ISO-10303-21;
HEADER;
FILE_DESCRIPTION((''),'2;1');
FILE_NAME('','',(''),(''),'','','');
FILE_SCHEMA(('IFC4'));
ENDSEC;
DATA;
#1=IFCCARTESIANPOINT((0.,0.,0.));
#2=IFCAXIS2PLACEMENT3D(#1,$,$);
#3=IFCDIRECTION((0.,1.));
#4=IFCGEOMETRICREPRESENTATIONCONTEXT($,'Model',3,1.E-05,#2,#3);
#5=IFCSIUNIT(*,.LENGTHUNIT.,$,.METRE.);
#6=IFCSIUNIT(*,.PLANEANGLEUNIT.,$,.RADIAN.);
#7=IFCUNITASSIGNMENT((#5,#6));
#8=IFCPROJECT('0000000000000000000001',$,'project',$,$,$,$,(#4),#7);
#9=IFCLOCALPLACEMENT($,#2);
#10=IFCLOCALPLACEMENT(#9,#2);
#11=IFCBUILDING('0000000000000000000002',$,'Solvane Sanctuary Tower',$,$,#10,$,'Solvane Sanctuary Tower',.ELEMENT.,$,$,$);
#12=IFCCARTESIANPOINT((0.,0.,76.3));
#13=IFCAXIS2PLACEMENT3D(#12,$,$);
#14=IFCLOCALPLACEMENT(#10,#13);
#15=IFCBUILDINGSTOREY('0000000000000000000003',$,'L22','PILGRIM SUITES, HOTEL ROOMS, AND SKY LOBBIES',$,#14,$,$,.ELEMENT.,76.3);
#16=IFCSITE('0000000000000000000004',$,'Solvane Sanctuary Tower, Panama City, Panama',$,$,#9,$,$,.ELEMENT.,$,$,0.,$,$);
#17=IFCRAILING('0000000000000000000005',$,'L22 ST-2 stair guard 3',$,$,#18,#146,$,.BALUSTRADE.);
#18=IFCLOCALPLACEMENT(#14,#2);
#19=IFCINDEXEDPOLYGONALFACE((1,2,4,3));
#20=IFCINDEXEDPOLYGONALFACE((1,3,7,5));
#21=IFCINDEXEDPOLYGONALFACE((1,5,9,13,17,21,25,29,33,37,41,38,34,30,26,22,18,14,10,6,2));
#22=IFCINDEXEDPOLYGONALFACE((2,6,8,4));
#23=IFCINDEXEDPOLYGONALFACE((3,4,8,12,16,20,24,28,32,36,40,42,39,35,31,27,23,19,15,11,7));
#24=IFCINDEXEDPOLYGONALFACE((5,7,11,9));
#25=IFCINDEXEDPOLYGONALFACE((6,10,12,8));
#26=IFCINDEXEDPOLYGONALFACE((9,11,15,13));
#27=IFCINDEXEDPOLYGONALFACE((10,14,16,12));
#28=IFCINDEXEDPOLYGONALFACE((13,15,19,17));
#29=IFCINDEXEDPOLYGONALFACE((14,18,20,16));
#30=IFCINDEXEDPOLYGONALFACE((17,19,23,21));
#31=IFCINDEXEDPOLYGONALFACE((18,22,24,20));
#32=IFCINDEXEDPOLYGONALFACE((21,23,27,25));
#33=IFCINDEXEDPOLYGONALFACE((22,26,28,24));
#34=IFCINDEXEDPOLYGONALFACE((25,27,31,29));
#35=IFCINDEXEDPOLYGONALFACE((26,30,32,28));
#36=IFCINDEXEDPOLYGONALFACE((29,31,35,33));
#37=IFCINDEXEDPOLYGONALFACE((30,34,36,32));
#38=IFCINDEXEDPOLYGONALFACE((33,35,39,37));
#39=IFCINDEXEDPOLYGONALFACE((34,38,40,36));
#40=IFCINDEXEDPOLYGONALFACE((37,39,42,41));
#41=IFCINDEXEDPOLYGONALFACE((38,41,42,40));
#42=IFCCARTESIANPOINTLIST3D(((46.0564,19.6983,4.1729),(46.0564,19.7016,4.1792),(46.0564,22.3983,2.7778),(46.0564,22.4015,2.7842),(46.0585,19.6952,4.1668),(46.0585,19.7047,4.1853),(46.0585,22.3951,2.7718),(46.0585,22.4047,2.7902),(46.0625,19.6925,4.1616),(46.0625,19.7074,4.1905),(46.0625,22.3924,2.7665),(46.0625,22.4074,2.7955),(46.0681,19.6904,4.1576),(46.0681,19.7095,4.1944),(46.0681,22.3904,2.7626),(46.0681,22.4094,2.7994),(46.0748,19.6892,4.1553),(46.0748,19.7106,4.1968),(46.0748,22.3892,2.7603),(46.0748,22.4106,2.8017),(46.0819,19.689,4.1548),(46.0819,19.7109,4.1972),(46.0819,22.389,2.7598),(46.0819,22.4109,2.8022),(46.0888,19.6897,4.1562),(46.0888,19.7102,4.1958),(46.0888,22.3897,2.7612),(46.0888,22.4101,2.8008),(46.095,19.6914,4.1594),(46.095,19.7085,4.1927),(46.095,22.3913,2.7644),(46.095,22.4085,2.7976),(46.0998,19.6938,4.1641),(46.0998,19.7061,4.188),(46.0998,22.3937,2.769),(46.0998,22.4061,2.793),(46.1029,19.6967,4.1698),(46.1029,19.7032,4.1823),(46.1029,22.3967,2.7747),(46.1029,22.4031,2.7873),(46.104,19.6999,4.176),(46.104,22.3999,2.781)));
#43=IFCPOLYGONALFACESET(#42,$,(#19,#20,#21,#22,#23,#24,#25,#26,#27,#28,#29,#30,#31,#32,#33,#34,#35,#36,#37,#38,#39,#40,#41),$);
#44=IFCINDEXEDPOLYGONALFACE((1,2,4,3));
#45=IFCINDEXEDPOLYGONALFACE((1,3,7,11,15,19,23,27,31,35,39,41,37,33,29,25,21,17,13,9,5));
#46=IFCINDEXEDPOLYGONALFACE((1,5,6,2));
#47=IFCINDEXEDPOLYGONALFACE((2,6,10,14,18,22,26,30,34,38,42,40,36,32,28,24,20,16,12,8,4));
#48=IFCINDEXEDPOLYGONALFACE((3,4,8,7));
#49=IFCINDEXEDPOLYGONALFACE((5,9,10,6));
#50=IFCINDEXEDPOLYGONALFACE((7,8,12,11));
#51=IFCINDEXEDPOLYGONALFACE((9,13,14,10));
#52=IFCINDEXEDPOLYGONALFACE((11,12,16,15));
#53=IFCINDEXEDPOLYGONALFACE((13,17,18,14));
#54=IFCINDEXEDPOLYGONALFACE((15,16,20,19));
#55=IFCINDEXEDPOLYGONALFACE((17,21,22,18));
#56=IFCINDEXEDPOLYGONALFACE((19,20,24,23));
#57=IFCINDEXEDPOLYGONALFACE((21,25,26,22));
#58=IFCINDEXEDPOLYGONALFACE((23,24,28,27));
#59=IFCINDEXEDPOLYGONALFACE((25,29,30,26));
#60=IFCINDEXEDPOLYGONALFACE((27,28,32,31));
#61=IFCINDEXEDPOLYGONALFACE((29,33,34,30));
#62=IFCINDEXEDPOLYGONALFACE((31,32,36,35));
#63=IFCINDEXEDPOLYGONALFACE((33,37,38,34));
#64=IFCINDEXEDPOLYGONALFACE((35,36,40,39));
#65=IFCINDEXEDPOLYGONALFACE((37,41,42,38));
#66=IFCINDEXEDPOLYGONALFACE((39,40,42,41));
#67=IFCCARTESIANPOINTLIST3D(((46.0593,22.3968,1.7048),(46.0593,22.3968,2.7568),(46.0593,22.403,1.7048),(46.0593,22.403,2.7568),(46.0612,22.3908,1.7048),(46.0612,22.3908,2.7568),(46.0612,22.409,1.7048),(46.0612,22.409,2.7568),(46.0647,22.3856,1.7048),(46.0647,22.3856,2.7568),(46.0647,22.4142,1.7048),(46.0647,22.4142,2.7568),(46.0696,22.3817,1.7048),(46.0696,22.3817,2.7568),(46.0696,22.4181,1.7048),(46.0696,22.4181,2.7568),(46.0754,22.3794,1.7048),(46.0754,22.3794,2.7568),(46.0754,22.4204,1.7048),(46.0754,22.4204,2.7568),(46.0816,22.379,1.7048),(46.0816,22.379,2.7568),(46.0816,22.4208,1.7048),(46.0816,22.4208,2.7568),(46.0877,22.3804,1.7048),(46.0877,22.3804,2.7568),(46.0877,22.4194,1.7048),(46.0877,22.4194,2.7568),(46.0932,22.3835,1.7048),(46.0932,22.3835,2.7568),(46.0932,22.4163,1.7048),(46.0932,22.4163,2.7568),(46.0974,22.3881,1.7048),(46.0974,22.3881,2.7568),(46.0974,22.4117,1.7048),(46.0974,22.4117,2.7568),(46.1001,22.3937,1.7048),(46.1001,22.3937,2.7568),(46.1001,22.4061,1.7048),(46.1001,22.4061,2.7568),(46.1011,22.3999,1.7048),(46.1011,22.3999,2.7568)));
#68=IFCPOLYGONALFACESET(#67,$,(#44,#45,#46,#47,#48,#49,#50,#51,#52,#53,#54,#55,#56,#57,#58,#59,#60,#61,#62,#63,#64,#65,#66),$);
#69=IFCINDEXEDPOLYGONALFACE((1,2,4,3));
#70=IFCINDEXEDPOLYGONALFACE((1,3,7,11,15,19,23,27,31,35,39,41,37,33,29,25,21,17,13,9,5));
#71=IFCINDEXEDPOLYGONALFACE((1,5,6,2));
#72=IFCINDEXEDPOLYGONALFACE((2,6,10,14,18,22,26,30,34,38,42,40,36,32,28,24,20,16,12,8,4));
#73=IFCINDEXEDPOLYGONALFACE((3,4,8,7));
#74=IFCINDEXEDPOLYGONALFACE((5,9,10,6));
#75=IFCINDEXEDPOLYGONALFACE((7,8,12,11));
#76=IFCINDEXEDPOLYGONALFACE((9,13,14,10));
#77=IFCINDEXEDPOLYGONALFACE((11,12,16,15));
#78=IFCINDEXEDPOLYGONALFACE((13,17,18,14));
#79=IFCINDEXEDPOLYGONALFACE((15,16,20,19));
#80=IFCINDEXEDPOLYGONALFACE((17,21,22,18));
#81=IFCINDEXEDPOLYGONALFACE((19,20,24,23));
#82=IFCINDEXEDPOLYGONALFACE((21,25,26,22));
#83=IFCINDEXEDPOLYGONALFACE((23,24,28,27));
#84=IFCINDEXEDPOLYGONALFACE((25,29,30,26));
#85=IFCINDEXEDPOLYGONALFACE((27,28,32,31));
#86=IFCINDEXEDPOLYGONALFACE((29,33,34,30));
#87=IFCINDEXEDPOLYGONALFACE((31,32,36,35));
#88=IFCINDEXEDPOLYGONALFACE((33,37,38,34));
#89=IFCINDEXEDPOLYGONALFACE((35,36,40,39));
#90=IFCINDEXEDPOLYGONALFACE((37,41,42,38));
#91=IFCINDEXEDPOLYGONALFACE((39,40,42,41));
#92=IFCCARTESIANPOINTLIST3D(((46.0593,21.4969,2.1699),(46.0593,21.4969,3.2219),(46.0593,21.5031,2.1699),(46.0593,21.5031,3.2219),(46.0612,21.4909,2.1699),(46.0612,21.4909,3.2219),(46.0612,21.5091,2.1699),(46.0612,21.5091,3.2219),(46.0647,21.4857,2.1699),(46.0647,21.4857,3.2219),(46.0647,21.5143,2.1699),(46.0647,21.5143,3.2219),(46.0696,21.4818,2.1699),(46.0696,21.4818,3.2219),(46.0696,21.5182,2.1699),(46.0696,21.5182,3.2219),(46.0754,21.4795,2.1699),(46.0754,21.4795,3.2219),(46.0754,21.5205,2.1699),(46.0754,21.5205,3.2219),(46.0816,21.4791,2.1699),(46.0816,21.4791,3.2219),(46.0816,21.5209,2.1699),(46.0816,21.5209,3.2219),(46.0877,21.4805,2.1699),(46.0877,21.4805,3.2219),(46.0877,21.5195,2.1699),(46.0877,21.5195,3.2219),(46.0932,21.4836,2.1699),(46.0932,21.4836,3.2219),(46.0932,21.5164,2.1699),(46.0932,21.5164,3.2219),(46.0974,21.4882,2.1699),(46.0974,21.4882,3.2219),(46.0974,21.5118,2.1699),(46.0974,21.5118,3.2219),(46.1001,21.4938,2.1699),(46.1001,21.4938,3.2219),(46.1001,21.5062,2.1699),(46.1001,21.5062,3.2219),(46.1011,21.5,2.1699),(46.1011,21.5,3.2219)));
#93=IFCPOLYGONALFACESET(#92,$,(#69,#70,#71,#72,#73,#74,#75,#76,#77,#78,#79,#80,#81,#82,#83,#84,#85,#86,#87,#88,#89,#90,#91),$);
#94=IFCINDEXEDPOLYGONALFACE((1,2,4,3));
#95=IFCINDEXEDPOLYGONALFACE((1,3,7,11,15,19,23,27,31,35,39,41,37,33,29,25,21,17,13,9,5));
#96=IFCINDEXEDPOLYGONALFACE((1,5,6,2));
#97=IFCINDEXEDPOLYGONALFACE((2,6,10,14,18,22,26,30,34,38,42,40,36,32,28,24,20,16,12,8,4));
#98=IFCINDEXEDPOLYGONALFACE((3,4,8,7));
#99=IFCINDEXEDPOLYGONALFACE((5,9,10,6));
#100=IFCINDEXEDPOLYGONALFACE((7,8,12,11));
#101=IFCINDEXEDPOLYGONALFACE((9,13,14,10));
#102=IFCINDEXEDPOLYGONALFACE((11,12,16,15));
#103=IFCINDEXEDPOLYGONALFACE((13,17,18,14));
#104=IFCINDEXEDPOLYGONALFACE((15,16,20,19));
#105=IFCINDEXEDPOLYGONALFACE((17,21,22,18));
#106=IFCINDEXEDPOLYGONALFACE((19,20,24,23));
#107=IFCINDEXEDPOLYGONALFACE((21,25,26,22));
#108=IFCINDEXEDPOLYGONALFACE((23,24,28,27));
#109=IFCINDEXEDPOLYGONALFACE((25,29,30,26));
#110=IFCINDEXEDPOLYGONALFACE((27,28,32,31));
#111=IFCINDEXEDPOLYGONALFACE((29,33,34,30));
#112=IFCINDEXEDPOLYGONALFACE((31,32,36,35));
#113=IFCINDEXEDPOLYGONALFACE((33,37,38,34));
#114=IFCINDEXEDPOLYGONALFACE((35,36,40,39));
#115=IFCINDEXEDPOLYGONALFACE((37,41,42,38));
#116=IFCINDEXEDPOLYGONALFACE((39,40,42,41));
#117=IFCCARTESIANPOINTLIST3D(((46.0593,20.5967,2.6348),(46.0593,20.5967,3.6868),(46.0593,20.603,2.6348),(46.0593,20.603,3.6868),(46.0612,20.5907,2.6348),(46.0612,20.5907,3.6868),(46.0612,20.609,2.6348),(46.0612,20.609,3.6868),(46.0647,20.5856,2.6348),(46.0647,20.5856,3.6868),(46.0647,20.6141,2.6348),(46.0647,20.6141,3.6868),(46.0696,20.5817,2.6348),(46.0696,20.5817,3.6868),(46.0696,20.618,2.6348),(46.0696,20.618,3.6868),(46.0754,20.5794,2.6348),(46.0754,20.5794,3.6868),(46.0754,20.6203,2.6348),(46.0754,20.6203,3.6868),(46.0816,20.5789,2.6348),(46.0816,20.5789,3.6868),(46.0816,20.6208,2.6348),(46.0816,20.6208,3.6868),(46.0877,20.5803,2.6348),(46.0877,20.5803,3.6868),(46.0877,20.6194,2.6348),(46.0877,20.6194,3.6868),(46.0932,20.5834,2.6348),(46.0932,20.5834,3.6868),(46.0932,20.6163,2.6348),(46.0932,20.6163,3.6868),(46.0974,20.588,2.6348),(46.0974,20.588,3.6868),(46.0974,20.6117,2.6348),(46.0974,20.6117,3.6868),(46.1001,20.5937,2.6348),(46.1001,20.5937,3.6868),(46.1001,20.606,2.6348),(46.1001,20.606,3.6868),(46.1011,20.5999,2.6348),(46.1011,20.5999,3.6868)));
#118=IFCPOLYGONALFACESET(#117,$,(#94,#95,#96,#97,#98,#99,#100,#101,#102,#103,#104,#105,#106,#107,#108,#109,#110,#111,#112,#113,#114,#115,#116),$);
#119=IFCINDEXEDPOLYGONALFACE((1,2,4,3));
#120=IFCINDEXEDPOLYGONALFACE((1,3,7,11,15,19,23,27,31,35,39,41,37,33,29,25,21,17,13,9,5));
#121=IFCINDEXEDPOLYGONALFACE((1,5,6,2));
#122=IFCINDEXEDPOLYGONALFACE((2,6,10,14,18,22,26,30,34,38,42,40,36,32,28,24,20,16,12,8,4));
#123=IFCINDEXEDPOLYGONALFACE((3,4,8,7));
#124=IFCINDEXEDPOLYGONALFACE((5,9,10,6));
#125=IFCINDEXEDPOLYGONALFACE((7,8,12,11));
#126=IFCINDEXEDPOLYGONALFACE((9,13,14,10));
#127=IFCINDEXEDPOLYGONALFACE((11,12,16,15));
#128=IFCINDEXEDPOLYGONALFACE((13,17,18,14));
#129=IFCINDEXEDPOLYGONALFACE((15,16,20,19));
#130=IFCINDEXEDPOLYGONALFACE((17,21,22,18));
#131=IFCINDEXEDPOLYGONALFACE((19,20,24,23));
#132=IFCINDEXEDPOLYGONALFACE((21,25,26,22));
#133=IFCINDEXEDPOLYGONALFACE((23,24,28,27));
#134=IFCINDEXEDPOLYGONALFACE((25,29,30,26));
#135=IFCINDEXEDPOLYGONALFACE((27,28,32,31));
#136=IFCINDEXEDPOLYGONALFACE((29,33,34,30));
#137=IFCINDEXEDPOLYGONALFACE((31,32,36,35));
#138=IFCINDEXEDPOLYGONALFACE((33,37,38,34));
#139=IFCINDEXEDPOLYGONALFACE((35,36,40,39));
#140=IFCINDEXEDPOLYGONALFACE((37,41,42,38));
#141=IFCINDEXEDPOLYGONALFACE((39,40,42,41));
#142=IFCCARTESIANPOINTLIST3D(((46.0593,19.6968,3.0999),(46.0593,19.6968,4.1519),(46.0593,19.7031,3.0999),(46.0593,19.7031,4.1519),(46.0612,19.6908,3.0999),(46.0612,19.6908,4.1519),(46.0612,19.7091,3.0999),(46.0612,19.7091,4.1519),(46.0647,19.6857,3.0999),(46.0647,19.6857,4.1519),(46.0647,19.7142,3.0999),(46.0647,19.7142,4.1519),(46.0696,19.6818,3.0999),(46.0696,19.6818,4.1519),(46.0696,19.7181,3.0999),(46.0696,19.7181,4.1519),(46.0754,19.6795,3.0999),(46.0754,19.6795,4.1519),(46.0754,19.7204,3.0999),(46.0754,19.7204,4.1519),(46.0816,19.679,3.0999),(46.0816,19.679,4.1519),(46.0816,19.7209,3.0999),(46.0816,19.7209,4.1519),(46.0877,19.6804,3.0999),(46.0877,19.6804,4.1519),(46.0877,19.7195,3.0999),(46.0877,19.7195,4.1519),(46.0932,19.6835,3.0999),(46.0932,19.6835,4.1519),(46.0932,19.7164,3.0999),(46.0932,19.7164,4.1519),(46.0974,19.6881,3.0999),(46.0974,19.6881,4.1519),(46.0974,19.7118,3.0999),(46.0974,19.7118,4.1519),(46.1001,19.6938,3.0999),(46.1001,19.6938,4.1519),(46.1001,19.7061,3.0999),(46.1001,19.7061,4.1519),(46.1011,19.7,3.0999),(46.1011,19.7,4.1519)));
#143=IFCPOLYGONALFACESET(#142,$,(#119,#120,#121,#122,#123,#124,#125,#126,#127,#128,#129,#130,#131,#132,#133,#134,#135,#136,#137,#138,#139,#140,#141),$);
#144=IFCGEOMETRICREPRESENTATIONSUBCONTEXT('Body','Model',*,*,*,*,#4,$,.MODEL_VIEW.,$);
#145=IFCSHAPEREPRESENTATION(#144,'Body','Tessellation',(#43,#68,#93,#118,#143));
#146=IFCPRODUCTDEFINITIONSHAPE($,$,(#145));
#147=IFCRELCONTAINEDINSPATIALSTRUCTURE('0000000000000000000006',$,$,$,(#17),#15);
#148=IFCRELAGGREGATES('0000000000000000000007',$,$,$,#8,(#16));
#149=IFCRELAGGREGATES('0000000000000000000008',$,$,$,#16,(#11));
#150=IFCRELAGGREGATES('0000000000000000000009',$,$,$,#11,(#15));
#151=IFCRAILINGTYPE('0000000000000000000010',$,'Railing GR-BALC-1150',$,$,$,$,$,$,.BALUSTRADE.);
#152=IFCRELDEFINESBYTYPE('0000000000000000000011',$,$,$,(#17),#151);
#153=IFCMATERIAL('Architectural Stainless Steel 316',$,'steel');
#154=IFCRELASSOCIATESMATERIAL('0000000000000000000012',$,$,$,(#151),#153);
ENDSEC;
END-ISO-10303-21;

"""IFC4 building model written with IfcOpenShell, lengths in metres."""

from ifc_helpers import new_model, si_unit, direction, frame, origin, origin_2d, place, context, subcontext, project, spatial, circle, extrude, material, type_object, element, save


model = new_model("IFC4")

# Units and contexts
model_context = context("Model", 3, precision=1e-05, world=origin(), true_north=direction((0.0, 1.0)))
body_context = subcontext(model_context, "Body", "Model", "MODEL_VIEW")
ifc_project = project(units=[si_unit("LENGTHUNIT", "METRE"), si_unit("PLANEANGLEUNIT", "RADIAN")], contexts=[model_context])

# Site, building, storey
site_placement = place(None, origin())
site = spatial("IfcSite", under=ifc_project, at=site_placement, Name="Solvane Sanctuary Tower, Panama City, Panama", CompositionType="ELEMENT", RefElevation=0.0)
building_placement = place(site_placement, origin())
building = spatial("IfcBuilding", under=site, at=building_placement, Name="Solvane Sanctuary Tower", LongName="Solvane Sanctuary Tower", CompositionType="ELEMENT")
storey_placement = place(building_placement, frame((0.0, 0.0, 76.3)))
storey = spatial("IfcBuildingStorey", under=building, at=storey_placement, Name="L22", Description="PILGRIM SUITES, HOTEL ROOMS, AND SKY LOBBIES", CompositionType="ELEMENT", Elevation=76.3)

# Shared definitions
ifc_material_1 = material(Name="Architectural Stainless Steel 316", Category="steel")

# Railing
railing_type_1 = type_object("IfcRailingType", Name="Railing GR-BALC-1150", PredefinedType="BALUSTRADE", material=ifc_material_1)
railing_1_placement = place(storey_placement, frame((46.0801, 22.3999, 1.7048)))
element("IfcRailing", 1, at=railing_1_placement, inside=storey, type_object=railing_type_1, Name="L22 ST-2 stair guard 3", PredefinedType="BALUSTRADE", context=body_context, shape_type="SweptSolid", body=[
    extrude(circle(Radius=0.0239, at=origin_2d()), frame((0.0, 0.0, 1.0762), z_axis=(0.0, -0.88842, 0.459032), x_axis=(1.0, 0.0, 0.0)), (0.0, 0.0, 1.0), 3.0391),
    extrude(circle(Radius=0.021, at=origin_2d()), origin(), (0.0, 0.0, 1.0), 1.052),
    extrude(circle(Radius=0.021, at=origin_2d()), frame((0.0, -0.8999, 0.4651)), (0.0, 0.0, 1.0), 1.052),
    extrude(circle(Radius=0.021, at=origin_2d()), frame((0.0, -1.8, 0.9299)), (0.0, 0.0, 1.0), 1.052),
    extrude(circle(Radius=0.021, at=origin_2d()), frame((0.0, -2.7, 1.395)), (0.0, 0.0, 1.0), 1.052),
])

save(model, "model.ifc")
